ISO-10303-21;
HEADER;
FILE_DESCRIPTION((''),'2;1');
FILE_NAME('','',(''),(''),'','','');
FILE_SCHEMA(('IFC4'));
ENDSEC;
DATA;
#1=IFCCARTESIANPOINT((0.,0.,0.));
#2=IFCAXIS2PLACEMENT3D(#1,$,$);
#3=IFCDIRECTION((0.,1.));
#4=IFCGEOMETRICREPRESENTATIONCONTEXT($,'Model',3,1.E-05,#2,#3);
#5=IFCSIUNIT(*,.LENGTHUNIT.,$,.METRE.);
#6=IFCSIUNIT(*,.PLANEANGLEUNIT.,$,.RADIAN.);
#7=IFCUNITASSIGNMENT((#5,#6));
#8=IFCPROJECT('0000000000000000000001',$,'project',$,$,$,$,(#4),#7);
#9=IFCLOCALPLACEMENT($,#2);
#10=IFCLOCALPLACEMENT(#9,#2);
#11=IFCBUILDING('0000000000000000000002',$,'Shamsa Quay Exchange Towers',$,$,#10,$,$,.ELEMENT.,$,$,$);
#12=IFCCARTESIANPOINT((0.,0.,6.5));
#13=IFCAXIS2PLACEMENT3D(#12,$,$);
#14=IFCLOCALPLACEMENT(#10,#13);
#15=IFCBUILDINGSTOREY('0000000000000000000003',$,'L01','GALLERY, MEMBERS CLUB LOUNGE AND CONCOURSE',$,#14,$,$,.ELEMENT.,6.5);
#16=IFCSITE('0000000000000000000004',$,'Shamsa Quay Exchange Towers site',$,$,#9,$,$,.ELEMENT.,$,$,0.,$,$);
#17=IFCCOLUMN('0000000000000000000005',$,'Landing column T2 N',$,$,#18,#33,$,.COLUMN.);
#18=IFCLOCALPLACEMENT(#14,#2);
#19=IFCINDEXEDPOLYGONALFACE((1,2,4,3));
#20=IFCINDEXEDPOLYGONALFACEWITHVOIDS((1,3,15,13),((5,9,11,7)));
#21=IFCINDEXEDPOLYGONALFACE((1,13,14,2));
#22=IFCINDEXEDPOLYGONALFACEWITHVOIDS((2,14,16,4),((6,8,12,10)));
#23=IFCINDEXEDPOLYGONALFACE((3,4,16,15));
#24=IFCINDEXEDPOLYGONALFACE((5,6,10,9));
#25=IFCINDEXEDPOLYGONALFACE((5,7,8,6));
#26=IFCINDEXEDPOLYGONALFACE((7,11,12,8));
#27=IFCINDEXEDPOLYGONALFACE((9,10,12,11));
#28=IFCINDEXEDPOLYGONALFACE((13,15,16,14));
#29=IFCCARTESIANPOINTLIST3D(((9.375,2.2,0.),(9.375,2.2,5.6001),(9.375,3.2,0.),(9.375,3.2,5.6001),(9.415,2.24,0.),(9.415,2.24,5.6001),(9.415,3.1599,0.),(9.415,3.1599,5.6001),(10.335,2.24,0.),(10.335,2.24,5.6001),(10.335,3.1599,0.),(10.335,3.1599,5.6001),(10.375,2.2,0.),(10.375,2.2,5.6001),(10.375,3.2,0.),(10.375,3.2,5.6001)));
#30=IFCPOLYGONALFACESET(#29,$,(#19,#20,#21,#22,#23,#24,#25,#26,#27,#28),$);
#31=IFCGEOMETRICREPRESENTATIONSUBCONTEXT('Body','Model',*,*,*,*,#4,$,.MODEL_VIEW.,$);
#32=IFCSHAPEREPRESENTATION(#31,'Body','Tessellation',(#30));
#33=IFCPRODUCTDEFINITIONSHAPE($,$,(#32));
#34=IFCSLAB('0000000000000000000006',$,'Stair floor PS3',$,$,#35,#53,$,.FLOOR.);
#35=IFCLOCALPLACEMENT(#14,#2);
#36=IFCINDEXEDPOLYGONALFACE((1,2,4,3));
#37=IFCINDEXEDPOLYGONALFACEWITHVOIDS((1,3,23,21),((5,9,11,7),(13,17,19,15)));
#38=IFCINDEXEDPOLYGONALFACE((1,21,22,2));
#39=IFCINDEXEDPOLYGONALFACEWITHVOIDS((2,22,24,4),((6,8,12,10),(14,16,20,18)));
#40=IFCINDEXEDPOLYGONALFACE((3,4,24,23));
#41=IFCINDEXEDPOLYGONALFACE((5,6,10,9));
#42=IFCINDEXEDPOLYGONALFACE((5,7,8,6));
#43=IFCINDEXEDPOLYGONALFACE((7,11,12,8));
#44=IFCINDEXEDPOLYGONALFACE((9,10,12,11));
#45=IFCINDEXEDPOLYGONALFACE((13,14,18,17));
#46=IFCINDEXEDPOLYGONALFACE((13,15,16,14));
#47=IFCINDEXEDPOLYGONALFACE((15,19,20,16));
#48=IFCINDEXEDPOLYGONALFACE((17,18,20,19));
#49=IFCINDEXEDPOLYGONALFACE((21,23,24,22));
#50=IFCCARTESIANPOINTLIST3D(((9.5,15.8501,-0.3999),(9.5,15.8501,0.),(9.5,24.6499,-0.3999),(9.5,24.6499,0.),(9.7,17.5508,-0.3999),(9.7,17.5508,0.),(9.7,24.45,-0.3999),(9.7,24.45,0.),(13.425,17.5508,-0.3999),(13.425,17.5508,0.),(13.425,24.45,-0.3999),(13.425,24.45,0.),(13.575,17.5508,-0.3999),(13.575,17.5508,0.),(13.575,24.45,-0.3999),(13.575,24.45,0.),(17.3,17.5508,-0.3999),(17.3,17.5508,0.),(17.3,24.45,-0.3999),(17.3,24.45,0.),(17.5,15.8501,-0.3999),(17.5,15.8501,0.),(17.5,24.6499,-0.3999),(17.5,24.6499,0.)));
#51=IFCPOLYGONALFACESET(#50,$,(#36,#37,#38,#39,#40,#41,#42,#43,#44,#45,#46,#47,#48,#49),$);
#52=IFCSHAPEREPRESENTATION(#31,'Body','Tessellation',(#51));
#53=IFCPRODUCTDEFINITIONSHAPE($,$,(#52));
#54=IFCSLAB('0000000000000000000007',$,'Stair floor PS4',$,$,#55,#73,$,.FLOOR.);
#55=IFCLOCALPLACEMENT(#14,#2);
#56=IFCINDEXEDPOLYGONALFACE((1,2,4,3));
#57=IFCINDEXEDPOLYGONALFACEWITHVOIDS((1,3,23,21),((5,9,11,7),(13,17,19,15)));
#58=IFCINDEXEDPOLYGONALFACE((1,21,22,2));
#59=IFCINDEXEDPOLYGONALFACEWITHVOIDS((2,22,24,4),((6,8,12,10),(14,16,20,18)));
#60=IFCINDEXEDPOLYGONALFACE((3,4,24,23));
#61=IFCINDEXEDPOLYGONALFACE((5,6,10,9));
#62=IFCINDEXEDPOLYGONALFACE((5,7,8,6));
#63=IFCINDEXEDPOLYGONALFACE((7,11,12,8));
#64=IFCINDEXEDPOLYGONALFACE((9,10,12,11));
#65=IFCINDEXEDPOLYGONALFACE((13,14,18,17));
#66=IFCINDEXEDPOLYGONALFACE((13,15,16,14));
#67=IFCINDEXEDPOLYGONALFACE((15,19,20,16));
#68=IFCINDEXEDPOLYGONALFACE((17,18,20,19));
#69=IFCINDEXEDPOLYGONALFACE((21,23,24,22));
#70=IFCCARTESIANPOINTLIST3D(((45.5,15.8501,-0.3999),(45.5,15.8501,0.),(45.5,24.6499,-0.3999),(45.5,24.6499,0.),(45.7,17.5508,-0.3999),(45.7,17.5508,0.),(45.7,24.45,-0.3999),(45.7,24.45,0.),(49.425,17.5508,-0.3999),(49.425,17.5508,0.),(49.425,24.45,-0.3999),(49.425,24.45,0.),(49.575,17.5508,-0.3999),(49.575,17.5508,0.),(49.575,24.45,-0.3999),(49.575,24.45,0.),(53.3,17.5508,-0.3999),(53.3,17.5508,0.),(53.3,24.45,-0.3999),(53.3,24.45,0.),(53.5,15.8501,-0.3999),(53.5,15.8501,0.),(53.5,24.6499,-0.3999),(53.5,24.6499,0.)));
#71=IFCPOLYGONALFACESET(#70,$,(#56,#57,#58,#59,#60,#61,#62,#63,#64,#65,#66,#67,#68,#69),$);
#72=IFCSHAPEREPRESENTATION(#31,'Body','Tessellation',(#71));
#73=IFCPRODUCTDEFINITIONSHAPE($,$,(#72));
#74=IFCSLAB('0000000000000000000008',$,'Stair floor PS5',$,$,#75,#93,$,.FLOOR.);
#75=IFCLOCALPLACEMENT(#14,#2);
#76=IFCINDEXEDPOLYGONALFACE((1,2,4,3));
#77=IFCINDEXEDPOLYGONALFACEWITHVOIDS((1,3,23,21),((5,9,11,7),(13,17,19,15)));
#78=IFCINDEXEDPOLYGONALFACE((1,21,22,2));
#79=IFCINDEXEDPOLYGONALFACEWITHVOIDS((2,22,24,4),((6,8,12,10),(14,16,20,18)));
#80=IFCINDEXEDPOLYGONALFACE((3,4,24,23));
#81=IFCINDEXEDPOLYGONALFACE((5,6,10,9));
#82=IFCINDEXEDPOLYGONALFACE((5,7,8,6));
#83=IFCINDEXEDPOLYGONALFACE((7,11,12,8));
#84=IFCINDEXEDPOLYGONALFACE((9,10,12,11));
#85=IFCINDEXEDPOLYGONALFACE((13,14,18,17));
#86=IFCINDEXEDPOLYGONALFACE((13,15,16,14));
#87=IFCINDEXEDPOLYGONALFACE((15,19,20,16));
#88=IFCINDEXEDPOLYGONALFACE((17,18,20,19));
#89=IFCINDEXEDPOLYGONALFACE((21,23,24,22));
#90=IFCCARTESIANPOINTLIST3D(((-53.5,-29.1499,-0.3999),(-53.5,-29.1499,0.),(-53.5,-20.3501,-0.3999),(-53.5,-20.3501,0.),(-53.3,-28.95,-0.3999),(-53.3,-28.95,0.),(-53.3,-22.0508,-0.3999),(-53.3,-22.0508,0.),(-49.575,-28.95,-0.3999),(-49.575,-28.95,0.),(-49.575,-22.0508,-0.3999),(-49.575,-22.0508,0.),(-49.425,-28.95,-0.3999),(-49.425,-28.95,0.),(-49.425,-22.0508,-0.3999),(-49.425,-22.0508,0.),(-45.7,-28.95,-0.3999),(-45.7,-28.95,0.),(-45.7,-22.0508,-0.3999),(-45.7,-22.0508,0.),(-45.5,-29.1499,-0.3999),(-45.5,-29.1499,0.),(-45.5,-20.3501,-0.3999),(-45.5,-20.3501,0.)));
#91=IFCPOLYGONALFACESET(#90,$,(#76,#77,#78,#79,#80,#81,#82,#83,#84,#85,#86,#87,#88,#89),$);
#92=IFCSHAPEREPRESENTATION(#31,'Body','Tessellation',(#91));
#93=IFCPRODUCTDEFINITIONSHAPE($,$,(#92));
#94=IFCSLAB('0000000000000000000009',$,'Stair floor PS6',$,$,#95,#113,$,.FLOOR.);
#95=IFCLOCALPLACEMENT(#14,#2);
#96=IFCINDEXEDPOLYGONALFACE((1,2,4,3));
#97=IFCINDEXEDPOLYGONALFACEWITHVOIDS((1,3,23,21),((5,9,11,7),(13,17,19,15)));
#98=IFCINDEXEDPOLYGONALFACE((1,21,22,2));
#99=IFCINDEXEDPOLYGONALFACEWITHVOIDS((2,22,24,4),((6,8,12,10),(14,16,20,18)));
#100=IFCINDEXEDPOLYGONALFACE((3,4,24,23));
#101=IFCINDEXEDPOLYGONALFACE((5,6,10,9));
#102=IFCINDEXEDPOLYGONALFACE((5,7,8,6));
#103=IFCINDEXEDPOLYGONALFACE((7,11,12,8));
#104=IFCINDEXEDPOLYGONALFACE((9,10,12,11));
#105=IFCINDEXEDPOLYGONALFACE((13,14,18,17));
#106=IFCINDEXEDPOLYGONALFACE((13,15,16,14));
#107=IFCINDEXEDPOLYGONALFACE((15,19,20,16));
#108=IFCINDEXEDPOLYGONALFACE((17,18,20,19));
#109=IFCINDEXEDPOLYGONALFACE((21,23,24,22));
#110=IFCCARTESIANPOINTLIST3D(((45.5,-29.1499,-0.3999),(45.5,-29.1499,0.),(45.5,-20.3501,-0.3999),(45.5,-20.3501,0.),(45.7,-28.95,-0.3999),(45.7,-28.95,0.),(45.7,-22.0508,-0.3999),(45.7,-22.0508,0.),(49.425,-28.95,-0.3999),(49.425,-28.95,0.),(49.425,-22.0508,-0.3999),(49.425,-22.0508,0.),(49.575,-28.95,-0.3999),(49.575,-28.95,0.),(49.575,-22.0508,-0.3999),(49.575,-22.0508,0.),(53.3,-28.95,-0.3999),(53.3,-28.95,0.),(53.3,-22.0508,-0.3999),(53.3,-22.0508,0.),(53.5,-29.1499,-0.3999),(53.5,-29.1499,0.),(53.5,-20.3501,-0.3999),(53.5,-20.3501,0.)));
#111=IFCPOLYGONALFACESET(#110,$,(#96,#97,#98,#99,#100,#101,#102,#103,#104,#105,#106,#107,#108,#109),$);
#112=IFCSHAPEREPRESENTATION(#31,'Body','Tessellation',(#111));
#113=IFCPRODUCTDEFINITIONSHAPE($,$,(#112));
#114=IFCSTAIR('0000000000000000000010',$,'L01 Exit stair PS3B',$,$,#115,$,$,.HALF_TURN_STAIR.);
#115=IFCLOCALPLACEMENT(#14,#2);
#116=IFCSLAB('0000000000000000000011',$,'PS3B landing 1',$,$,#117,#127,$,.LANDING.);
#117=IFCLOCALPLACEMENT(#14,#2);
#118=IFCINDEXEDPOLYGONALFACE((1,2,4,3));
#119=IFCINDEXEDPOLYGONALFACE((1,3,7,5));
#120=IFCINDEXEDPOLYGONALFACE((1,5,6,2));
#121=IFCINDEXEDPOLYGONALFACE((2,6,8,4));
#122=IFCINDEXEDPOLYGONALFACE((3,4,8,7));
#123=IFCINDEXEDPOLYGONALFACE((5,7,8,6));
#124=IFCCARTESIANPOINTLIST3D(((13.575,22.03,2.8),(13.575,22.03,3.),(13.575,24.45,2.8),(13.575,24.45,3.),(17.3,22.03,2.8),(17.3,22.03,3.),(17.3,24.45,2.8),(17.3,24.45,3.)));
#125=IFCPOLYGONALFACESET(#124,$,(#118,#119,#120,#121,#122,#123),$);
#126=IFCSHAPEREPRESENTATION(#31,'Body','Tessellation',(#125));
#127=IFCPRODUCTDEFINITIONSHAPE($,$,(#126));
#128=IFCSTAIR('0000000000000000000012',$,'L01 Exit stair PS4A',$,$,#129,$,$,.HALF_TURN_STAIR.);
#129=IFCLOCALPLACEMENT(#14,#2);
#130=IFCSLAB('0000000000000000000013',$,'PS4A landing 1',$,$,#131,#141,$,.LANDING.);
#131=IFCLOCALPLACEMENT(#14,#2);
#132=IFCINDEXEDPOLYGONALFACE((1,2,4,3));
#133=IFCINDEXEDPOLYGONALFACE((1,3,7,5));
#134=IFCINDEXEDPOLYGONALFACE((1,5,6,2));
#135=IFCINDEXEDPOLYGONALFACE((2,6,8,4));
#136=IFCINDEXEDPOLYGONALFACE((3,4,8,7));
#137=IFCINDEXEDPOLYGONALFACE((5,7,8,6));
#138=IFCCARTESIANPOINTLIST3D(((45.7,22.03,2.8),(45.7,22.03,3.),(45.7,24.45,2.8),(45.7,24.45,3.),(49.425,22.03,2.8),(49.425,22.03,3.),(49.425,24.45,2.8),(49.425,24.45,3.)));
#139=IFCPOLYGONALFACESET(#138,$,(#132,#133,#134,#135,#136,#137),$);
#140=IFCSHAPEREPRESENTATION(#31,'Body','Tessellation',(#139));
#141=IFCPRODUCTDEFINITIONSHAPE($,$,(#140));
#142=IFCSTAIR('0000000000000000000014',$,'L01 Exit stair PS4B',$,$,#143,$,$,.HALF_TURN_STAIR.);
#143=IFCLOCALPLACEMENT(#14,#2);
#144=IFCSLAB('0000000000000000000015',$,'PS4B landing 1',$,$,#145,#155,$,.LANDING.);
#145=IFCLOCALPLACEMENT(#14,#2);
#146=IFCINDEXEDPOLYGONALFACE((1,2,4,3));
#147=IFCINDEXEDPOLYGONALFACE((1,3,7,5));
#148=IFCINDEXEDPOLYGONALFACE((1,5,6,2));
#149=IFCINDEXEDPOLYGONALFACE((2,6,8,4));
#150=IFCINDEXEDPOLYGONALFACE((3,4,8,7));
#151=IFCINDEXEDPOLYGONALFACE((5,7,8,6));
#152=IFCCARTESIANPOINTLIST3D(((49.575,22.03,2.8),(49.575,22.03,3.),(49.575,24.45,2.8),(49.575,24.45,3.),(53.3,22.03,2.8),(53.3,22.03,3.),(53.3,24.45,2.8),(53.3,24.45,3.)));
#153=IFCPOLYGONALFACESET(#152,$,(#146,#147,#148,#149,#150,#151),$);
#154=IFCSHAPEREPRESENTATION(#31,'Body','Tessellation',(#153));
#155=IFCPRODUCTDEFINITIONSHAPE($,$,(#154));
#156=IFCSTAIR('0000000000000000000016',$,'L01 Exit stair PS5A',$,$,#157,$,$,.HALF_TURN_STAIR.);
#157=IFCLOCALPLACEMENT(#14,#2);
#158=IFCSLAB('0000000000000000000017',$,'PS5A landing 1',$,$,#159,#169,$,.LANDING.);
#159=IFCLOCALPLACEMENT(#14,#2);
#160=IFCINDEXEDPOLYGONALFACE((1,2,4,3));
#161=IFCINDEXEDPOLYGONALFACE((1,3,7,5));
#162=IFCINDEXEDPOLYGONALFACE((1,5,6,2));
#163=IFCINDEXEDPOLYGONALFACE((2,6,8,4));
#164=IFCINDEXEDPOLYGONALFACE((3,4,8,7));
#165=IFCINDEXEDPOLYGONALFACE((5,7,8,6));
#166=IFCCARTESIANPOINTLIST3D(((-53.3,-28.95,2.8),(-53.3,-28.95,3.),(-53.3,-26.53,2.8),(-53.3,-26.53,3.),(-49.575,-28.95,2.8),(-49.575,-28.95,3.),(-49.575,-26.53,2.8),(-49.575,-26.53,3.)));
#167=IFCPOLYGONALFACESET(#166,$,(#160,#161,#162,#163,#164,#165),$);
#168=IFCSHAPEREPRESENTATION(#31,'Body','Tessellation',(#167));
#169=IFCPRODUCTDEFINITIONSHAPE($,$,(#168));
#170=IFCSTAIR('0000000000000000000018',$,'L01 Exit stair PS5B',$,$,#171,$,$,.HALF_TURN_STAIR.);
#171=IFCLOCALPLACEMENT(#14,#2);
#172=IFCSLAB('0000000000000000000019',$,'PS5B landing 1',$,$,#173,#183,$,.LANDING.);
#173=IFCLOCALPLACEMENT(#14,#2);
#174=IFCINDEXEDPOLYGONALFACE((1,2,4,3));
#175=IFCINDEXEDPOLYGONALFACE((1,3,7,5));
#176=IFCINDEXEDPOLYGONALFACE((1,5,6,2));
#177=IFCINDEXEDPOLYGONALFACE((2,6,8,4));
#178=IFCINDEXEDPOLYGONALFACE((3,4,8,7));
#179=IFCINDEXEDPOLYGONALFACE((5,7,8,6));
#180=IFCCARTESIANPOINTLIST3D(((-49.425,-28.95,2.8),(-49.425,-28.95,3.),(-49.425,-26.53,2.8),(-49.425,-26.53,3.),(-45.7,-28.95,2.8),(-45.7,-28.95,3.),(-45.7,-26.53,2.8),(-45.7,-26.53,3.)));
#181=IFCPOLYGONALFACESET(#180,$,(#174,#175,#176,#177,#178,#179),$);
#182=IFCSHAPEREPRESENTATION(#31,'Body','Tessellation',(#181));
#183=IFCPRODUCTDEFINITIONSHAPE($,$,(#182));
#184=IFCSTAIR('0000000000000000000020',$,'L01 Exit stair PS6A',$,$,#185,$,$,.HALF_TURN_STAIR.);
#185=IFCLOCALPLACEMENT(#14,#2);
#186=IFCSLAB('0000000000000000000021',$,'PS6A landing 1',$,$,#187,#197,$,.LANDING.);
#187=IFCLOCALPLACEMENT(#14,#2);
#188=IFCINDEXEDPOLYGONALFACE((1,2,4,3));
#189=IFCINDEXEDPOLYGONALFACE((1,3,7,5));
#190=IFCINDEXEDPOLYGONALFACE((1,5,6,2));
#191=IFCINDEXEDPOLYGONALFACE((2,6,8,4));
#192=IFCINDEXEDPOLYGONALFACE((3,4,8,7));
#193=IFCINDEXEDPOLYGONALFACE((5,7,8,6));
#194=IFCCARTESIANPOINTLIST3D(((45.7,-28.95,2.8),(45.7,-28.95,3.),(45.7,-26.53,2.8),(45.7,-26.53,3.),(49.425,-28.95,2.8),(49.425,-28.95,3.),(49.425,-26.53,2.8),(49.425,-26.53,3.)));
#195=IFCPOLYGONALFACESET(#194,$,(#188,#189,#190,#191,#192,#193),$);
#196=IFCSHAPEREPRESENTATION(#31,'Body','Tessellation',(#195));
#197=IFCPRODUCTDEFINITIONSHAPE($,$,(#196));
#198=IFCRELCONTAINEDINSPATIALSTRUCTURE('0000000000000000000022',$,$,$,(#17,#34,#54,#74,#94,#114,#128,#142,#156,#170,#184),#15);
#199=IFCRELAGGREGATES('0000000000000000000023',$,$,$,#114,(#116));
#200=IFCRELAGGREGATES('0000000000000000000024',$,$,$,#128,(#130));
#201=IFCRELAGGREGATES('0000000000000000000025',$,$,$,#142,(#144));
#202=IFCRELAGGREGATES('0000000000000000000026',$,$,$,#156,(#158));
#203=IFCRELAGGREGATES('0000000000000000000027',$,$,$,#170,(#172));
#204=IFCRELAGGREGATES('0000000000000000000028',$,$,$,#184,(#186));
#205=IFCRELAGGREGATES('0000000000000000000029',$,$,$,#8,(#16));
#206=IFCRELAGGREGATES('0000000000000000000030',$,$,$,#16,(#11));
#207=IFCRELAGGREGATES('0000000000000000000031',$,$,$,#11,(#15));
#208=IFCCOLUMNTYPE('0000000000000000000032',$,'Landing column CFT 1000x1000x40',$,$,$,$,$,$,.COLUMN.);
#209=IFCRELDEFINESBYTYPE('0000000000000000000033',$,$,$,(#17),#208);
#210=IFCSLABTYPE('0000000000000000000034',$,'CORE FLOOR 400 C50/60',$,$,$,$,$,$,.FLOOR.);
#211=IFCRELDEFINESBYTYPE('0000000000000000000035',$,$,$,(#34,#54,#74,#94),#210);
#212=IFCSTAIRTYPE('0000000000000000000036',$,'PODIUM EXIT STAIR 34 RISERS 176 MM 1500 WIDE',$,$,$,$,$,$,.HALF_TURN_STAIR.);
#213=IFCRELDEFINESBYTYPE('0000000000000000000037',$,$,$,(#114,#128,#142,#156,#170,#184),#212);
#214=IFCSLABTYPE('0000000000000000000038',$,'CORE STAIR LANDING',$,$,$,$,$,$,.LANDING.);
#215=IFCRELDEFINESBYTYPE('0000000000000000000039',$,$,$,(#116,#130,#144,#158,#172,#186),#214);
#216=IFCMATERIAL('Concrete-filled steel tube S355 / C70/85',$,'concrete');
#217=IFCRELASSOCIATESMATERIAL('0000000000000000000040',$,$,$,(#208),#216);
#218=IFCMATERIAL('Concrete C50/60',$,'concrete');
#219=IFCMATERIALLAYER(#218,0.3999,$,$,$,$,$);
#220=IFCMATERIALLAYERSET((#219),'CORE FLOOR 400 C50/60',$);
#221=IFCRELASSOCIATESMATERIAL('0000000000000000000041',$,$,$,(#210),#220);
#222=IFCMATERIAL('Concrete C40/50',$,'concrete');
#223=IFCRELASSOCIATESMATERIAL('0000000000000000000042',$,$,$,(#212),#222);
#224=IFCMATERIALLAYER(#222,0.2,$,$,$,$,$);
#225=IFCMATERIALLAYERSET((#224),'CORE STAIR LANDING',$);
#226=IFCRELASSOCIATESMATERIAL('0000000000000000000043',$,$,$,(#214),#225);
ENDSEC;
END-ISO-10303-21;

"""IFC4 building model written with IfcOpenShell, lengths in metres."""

from ifc_helpers import new_model, si_unit, direction, frame, origin, origin_2d, place, context, subcontext, project, spatial, polyline, hollow_rectangle, outline, extrude, material, layer, layer_set, material_profile, profile_set, type_object, element, aggregate, save


model = new_model("IFC4")

# Units and contexts
model_context = context("Model", 3, precision=1e-05, world=origin(), true_north=direction((0.0, 1.0)))
body_context = subcontext(model_context, "Body", "Model", "MODEL_VIEW")
ifc_project = project(units=[si_unit("LENGTHUNIT", "METRE"), si_unit("PLANEANGLEUNIT", "RADIAN")], contexts=[model_context])

# Site, building, storey
site_placement = place(None, origin())
site = spatial("IfcSite", under=ifc_project, at=site_placement, Name="Shamsa Quay Exchange Towers site", CompositionType="ELEMENT", RefElevation=0.0)
building_placement = place(site_placement, origin())
building = spatial("IfcBuilding", under=site, at=building_placement, Name="Shamsa Quay Exchange Towers", CompositionType="ELEMENT")
storey_placement = place(building_placement, frame((0.0, 0.0, 6.5)))
storey = spatial("IfcBuildingStorey", under=building, at=storey_placement, Name="L01", Description="GALLERY, MEMBERS CLUB LOUNGE AND CONCOURSE", CompositionType="ELEMENT", Elevation=6.5)

# Column
ifc_material_1 = material(Name="Concrete-filled steel tube S355 / C70/85", Category="concrete")
ifc_material_profile = material_profile(ifc_material_1, hollow_rectangle(XDim=1.0, YDim=1.0, WallThickness=0.04, at=origin_2d()), Name="CFT 1000x1000x40")
ifc_profile_set = profile_set([ifc_material_profile], Name="Concrete-filled steel tube S355 / C70/85")
column_type = type_object("IfcColumnType", Name="Landing column CFT 1000x1000x40", PredefinedType="COLUMN", material=ifc_profile_set)
column_placement = place(storey_placement, frame((9.875, 2.7, 0.0)))
element("IfcColumn", 1, at=column_placement, inside=storey, type_object=column_type, Name="Landing column T2 N", PredefinedType="COLUMN", context=body_context, shape_type="SweptSolid", body=[
    extrude(hollow_rectangle(XDim=1.0, YDim=1.0, WallThickness=0.04, at=origin_2d()), origin(), (0.0, 0.0, 1.0), 5.6001),
])

# Slabs
ifc_material_2 = material(Name="Concrete C50/60", Category="concrete")
ifc_layer_1 = layer(ifc_material_2, 0.3999)
ifc_layer_set_1 = layer_set([ifc_layer_1], Name="CORE FLOOR 400 C50/60")
slab_type_1 = type_object("IfcSlabType", Name="CORE FLOOR 400 C50/60", PredefinedType="FLOOR", material=ifc_layer_set_1)
slab_1_placement = place(storey_placement, frame((0.0, 0.0, -0.3999)))
element("IfcSlab", 2, at=slab_1_placement, inside=storey, type_object=slab_type_1, Name="Stair floor PS3", PredefinedType="FLOOR", context=body_context, shape_type="SweptSolid", body=[
    extrude(outline(polyline([(9.5, 15.8501), (17.5, 15.8501), (17.5, 24.6499), (9.5, 24.6499), (9.5, 15.8501)]), holes=[polyline([(13.425, 17.5508), (9.7, 17.5508), (9.7, 24.45), (13.425, 24.45), (13.425, 17.5508)]), polyline([(17.3, 17.5508), (13.575, 17.5508), (13.575, 24.45), (17.3, 24.45), (17.3, 17.5508)])]), origin(), (0.0, 0.0, 1.0), 0.3999),
])
slab_2_placement = place(storey_placement, frame((0.0, 0.0, -0.3999)))
element("IfcSlab", 3, at=slab_2_placement, inside=storey, type_object=slab_type_1, Name="Stair floor PS4", PredefinedType="FLOOR", context=body_context, shape_type="SweptSolid", body=[
    extrude(outline(polyline([(45.5, 15.8501), (53.5, 15.8501), (53.5, 24.6499), (45.5, 24.6499), (45.5, 15.8501)]), holes=[polyline([(49.425, 17.5508), (45.7, 17.5508), (45.7, 24.45), (49.425, 24.45), (49.425, 17.5508)]), polyline([(53.3, 17.5508), (49.575, 17.5508), (49.575, 24.45), (53.3, 24.45), (53.3, 17.5508)])]), origin(), (0.0, 0.0, 1.0), 0.3999),
])
slab_3_placement = place(storey_placement, frame((0.0, 0.0, -0.3999)))
element("IfcSlab", 4, at=slab_3_placement, inside=storey, type_object=slab_type_1, Name="Stair floor PS5", PredefinedType="FLOOR", context=body_context, shape_type="SweptSolid", body=[
    extrude(outline(polyline([(-53.5, -29.1499), (-45.5, -29.1499), (-45.5, -20.3501), (-53.5, -20.3501), (-53.5, -29.1499)]), holes=[polyline([(-53.3, -22.0508), (-49.575, -22.0508), (-49.575, -28.95), (-53.3, -28.95), (-53.3, -22.0508)]), polyline([(-49.425, -22.0508), (-45.7, -22.0508), (-45.7, -28.95), (-49.425, -28.95), (-49.425, -22.0508)])]), origin(), (0.0, 0.0, 1.0), 0.3999),
])
slab_4_placement = place(storey_placement, frame((0.0, 0.0, -0.3999)))
element("IfcSlab", 5, at=slab_4_placement, inside=storey, type_object=slab_type_1, Name="Stair floor PS6", PredefinedType="FLOOR", context=body_context, shape_type="SweptSolid", body=[
    extrude(outline(polyline([(45.5, -29.1499), (53.5, -29.1499), (53.5, -20.3501), (45.5, -20.3501), (45.5, -29.1499)]), holes=[polyline([(45.7, -22.0508), (49.425, -22.0508), (49.425, -28.95), (45.7, -28.95), (45.7, -22.0508)]), polyline([(49.575, -22.0508), (53.3, -22.0508), (53.3, -28.95), (49.575, -28.95), (49.575, -22.0508)])]), origin(), (0.0, 0.0, 1.0), 0.3999),
])

# Stairs, slabs
ifc_material_3 = material(Name="Concrete C40/50", Category="concrete")
stair_type = type_object("IfcStairType", Name="PODIUM EXIT STAIR 34 RISERS 176 MM 1500 WIDE", PredefinedType="HALF_TURN_STAIR", material=ifc_material_3)
stair_1_placement = place(storey_placement, origin())
stair_1 = element("IfcStair", 6, at=stair_1_placement, inside=storey, type_object=stair_type, Name="L01 Exit stair PS3B", PredefinedType="HALF_TURN_STAIR")
ifc_layer_2 = layer(ifc_material_3, 0.2)
ifc_layer_set_2 = layer_set([ifc_layer_2], Name="CORE STAIR LANDING")
slab_type_2 = type_object("IfcSlabType", Name="CORE STAIR LANDING", PredefinedType="LANDING", material=ifc_layer_set_2)
slab_5_placement = place(storey_placement, frame((0.0, 0.0, 2.8)))
slab_5 = element("IfcSlab", 7, at=slab_5_placement, type_object=slab_type_2, Name="PS3B landing 1", PredefinedType="LANDING", context=body_context, shape_type="SweptSolid", body=[
    extrude(outline(polyline([(17.3, 22.03), (17.3, 24.45), (13.575, 24.45), (13.575, 22.03), (17.3, 22.03)])), origin(), (0.0, 0.0, 1.0), 0.2),
])
aggregate(stair_1, [slab_5])
stair_2_placement = place(storey_placement, origin())
stair_2 = element("IfcStair", 8, at=stair_2_placement, inside=storey, type_object=stair_type, Name="L01 Exit stair PS4A", PredefinedType="HALF_TURN_STAIR")
slab_6_placement = place(storey_placement, frame((0.0, 0.0, 2.8)))
slab_6 = element("IfcSlab", 9, at=slab_6_placement, type_object=slab_type_2, Name="PS4A landing 1", PredefinedType="LANDING", context=body_context, shape_type="SweptSolid", body=[
    extrude(outline(polyline([(49.425, 22.03), (49.425, 24.45), (45.7, 24.45), (45.7, 22.03), (49.425, 22.03)])), origin(), (0.0, 0.0, 1.0), 0.2),
])
aggregate(stair_2, [slab_6])
stair_3_placement = place(storey_placement, origin())
stair_3 = element("IfcStair", 10, at=stair_3_placement, inside=storey, type_object=stair_type, Name="L01 Exit stair PS4B", PredefinedType="HALF_TURN_STAIR")
slab_7_placement = place(storey_placement, frame((0.0, 0.0, 2.8)))
slab_7 = element("IfcSlab", 11, at=slab_7_placement, type_object=slab_type_2, Name="PS4B landing 1", PredefinedType="LANDING", context=body_context, shape_type="SweptSolid", body=[
    extrude(outline(polyline([(53.3, 22.03), (53.3, 24.45), (49.575, 24.45), (49.575, 22.03), (53.3, 22.03)])), origin(), (0.0, 0.0, 1.0), 0.2),
])
aggregate(stair_3, [slab_7])
stair_4_placement = place(storey_placement, origin())
stair_4 = element("IfcStair", 12, at=stair_4_placement, inside=storey, type_object=stair_type, Name="L01 Exit stair PS5A", PredefinedType="HALF_TURN_STAIR")
slab_8_placement = place(storey_placement, frame((0.0, 0.0, 2.8)))
slab_8 = element("IfcSlab", 13, at=slab_8_placement, type_object=slab_type_2, Name="PS5A landing 1", PredefinedType="LANDING", context=body_context, shape_type="SweptSolid", body=[
    extrude(outline(polyline([(-53.3, -26.53), (-53.3, -28.95), (-49.575, -28.95), (-49.575, -26.53), (-53.3, -26.53)])), origin(), (0.0, 0.0, 1.0), 0.2),
])
aggregate(stair_4, [slab_8])
stair_5_placement = place(storey_placement, origin())
stair_5 = element("IfcStair", 14, at=stair_5_placement, inside=storey, type_object=stair_type, Name="L01 Exit stair PS5B", PredefinedType="HALF_TURN_STAIR")
slab_9_placement = place(storey_placement, frame((0.0, 0.0, 2.8)))
slab_9 = element("IfcSlab", 15, at=slab_9_placement, type_object=slab_type_2, Name="PS5B landing 1", PredefinedType="LANDING", context=body_context, shape_type="SweptSolid", body=[
    extrude(outline(polyline([(-49.425, -26.53), (-49.425, -28.95), (-45.7, -28.95), (-45.7, -26.53), (-49.425, -26.53)])), origin(), (0.0, 0.0, 1.0), 0.2),
])
aggregate(stair_5, [slab_9])
stair_6_placement = place(storey_placement, origin())
stair_6 = element("IfcStair", 16, at=stair_6_placement, inside=storey, type_object=stair_type, Name="L01 Exit stair PS6A", PredefinedType="HALF_TURN_STAIR")
slab_10_placement = place(storey_placement, frame((0.0, 0.0, 2.8)))
slab_10 = element("IfcSlab", 17, at=slab_10_placement, type_object=slab_type_2, Name="PS6A landing 1", PredefinedType="LANDING", context=body_context, shape_type="SweptSolid", body=[
    extrude(outline(polyline([(45.7, -26.53), (45.7, -28.95), (49.425, -28.95), (49.425, -26.53), (45.7, -26.53)])), origin(), (0.0, 0.0, 1.0), 0.2),
])
aggregate(stair_6, [slab_10])

save(model, "model.ifc")
